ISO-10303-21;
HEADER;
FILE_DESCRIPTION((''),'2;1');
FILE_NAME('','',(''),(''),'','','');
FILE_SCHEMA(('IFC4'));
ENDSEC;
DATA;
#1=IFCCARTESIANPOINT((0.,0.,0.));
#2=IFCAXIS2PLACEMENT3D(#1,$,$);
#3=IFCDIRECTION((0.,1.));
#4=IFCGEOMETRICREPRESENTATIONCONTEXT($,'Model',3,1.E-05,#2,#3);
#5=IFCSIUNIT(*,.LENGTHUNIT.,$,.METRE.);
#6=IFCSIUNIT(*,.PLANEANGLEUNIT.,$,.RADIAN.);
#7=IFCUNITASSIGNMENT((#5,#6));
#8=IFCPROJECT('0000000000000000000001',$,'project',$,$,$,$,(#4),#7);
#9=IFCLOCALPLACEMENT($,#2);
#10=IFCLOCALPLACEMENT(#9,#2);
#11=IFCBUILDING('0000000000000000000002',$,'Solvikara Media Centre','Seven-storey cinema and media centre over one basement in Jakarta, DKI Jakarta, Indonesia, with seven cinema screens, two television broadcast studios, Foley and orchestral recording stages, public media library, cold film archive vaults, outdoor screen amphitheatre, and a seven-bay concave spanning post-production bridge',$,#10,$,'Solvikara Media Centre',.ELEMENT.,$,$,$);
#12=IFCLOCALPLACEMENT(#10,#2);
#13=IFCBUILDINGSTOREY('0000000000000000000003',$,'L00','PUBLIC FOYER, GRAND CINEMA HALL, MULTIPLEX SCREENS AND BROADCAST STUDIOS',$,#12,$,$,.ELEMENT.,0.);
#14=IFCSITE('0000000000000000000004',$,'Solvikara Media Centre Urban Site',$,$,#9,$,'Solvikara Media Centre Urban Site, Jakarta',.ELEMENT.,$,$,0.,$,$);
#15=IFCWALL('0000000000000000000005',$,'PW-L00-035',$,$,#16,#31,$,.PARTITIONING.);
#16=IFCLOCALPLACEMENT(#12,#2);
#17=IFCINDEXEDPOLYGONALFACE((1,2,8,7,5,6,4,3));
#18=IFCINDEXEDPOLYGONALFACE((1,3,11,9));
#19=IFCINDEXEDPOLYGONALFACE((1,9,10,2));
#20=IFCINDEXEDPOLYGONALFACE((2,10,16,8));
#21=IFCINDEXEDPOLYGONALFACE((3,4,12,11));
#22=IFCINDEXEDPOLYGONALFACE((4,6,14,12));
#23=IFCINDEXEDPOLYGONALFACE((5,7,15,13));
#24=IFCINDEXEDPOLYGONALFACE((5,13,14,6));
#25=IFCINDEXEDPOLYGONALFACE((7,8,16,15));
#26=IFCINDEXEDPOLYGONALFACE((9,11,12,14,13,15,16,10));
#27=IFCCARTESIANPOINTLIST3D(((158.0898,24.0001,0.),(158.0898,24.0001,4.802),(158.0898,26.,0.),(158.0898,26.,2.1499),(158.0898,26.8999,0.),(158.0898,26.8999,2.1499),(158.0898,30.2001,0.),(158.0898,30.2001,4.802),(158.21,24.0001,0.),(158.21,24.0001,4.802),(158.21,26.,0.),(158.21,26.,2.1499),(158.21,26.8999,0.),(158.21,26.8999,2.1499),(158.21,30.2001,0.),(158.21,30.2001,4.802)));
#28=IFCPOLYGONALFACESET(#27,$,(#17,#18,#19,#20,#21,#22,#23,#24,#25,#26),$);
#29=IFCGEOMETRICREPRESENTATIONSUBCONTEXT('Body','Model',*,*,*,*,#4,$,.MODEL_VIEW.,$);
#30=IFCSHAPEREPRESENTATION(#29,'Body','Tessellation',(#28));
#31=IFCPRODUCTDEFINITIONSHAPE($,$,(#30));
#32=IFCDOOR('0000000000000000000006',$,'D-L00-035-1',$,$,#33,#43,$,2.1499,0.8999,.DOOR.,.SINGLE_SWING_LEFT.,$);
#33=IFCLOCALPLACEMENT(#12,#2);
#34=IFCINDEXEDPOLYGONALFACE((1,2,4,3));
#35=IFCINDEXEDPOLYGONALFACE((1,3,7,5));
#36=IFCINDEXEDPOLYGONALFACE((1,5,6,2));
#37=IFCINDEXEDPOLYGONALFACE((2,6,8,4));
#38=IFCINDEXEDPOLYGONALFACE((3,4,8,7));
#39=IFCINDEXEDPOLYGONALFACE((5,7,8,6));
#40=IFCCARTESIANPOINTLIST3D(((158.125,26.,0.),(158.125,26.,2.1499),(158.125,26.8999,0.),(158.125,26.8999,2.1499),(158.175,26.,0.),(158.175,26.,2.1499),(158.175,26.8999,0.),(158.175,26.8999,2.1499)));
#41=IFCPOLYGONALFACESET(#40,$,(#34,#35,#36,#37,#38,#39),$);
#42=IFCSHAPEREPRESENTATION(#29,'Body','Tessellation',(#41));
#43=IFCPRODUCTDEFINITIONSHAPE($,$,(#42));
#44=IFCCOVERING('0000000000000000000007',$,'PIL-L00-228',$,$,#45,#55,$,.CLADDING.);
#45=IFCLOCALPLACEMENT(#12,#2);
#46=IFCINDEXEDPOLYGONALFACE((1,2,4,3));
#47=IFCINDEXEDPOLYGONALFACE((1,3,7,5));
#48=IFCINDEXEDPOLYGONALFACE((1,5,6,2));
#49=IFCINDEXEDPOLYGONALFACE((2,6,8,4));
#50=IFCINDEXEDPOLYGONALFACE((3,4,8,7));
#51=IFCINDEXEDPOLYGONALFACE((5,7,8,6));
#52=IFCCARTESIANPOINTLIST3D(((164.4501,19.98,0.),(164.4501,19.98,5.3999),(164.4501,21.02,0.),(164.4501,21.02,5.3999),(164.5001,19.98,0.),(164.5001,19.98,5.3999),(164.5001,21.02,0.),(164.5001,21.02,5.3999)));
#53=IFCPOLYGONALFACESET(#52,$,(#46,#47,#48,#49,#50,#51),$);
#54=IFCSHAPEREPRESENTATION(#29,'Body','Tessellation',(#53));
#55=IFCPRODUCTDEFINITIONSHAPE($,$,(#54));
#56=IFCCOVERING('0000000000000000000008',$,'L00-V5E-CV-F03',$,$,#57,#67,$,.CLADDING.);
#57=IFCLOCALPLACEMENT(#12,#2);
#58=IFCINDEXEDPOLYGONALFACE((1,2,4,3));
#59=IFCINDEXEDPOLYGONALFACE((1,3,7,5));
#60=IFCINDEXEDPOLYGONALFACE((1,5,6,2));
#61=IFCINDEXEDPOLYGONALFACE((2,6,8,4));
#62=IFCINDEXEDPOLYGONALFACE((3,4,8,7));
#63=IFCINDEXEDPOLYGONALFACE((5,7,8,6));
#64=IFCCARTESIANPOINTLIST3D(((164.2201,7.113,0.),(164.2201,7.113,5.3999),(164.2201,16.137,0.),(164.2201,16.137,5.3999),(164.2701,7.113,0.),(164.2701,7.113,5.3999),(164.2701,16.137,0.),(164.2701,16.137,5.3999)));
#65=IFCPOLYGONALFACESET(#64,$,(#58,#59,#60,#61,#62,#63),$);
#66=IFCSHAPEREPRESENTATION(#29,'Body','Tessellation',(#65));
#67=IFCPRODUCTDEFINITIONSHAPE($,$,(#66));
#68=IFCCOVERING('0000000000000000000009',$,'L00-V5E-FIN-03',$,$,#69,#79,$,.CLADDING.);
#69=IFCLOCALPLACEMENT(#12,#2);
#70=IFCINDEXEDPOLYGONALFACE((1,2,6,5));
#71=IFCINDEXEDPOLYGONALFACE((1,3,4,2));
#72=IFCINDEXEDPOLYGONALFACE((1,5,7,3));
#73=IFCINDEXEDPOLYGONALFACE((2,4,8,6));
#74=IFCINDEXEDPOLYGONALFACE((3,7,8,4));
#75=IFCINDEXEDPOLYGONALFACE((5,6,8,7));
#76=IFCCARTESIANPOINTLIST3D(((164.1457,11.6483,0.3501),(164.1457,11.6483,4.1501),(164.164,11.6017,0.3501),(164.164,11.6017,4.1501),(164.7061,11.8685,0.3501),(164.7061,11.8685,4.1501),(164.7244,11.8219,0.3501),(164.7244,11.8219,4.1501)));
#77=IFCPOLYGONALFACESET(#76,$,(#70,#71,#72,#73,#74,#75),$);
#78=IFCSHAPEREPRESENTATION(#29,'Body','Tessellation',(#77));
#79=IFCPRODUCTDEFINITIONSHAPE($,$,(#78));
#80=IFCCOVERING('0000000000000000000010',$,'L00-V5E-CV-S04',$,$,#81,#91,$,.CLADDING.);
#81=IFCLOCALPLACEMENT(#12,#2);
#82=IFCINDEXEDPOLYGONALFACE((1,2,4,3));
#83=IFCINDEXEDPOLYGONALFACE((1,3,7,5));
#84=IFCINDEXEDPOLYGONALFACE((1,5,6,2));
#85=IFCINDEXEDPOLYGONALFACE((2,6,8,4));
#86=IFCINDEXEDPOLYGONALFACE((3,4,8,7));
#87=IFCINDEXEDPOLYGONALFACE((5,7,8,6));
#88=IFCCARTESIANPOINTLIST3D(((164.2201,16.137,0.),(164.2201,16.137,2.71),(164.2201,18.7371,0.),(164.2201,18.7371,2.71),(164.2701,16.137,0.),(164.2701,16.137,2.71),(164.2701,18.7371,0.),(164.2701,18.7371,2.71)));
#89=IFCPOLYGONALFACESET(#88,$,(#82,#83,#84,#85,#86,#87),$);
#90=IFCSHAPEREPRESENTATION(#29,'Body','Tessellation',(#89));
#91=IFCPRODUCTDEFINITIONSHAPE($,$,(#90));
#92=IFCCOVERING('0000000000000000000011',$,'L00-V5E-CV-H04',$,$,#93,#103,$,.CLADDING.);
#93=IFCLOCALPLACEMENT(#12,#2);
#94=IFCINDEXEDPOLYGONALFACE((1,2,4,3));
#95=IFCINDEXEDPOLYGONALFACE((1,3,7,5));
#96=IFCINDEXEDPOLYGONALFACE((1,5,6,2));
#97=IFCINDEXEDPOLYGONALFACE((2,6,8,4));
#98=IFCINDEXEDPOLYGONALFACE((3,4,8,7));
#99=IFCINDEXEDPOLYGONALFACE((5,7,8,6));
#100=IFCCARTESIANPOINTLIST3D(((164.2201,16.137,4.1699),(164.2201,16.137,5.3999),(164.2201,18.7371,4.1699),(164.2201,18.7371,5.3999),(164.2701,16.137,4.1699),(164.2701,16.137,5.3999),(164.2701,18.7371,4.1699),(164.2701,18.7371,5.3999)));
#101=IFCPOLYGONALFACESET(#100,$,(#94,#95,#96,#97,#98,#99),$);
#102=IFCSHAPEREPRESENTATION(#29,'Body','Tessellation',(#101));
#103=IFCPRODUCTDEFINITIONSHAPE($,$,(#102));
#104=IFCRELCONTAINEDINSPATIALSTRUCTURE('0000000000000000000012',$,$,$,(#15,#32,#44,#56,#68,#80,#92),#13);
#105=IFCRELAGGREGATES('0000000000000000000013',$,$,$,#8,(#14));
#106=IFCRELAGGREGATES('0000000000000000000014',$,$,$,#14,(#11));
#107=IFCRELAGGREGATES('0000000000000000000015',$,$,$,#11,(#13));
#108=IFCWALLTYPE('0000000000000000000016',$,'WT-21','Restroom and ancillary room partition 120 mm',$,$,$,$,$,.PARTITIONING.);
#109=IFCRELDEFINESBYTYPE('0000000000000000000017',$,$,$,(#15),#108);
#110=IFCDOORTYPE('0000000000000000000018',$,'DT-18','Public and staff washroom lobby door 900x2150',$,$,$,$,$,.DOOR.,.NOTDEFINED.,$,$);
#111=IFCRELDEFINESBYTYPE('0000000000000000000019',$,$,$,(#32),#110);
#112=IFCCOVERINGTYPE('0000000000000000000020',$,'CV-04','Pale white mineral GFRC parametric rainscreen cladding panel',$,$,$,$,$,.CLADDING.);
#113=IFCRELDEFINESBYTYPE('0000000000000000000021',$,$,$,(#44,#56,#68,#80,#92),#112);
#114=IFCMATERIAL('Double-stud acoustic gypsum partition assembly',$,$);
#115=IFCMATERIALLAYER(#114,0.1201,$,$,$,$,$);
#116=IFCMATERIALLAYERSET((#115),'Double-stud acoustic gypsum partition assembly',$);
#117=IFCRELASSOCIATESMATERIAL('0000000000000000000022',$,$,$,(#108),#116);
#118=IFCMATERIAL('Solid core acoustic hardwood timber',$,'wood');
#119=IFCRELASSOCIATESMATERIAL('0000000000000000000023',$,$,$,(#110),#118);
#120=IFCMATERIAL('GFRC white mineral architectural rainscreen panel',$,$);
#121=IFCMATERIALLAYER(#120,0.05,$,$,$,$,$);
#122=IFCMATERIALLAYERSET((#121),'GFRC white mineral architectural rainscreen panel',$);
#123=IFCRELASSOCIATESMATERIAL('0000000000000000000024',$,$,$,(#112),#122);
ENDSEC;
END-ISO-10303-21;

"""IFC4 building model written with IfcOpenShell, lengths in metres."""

from ifc_helpers import new_model, si_unit, direction, frame, frame_2d, origin, origin_2d, place, context, subcontext, project, spatial, rectangle, extrude, material, layer, layer_set, type_object, element, fill, save


model = new_model("IFC4")

# Units and contexts
model_context = context("Model", 3, precision=1e-05, world=origin(), true_north=direction((0.0, 1.0)))
body_context = subcontext(model_context, "Body", "Model", "MODEL_VIEW")
ifc_project = project(units=[si_unit("LENGTHUNIT", "METRE"), si_unit("PLANEANGLEUNIT", "RADIAN")], contexts=[model_context])

# Site, building, storey
site_placement = place(None, origin())
site = spatial("IfcSite", under=ifc_project, at=site_placement, Name="Solvikara Media Centre Urban Site", LongName="Solvikara Media Centre Urban Site, Jakarta", CompositionType="ELEMENT", RefElevation=0.0)
building_placement = place(site_placement, origin())
building = spatial("IfcBuilding", under=site, at=building_placement, Name="Solvikara Media Centre", Description="Seven-storey cinema and media centre over one basement in Jakarta, DKI Jakarta, Indonesia, with seven cinema screens, two television broadcast studios, Foley and orchestral recording stages, public media library, cold film archive vaults, outdoor screen amphitheatre, and a seven-bay concave spanning post-production bridge", LongName="Solvikara Media Centre", CompositionType="ELEMENT")
storey_placement = place(building_placement, origin())
storey = spatial("IfcBuildingStorey", under=building, at=storey_placement, Name="L00", Description="PUBLIC FOYER, GRAND CINEMA HALL, MULTIPLEX SCREENS AND BROADCAST STUDIOS", CompositionType="ELEMENT", Elevation=0.0)

# Shared definitions
ifc_material_1 = material(Name="Double-stud acoustic gypsum partition assembly")
ifc_layer_1 = layer(ifc_material_1, 0.1201)
ifc_layer_set_1 = layer_set([ifc_layer_1], Name="Double-stud acoustic gypsum partition assembly")
wall_type_1 = type_object("IfcWallType", Name="WT-21", Description="Restroom and ancillary room partition 120 mm", PredefinedType="PARTITIONING", material=ifc_layer_set_1)
ifc_material_2 = material(Name="Solid core acoustic hardwood timber", Category="wood")
door_type_1 = type_object("IfcDoorType", Name="DT-18", Description="Public and staff washroom lobby door 900x2150", OperationType="NOTDEFINED", PredefinedType="DOOR", material=ifc_material_2)

# Wall, opening, door
wall_1_placement = place(storey_placement, frame((158.1499, 24.0, 0.0), z_axis=(0.0, 0.0, 1.0), x_axis=(0.0, 1.0, 0.0)))
wall_1 = element("IfcWall", 1, at=wall_1_placement, inside=storey, type_object=wall_type_1, Name="PW-L00-035", PredefinedType="PARTITIONING", context=body_context, shape_type="SweptSolid", body=[
    extrude(rectangle(XDim=6.2, YDim=0.1201, at=frame_2d((3.1001, 0.0))), origin(), (0.0, 0.0, 1.0), 4.802),
])
opening_1_placement = place(wall_1_placement, frame((2.0, 0.0, 0.0)))
opening_1 = element("IfcOpeningElement", 2, at=opening_1_placement, cuts=wall_1, PredefinedType="OPENING", context=body_context, shape_type="SweptSolid", body=[
    extrude(rectangle(XDim=0.8999, YDim=2.1499, at=frame_2d((0.45, 1.075))), frame((0.0, 0.072, 0.0), z_axis=(0.0, -1.0, 0.0), x_axis=(1.0, 0.0, 0.0)), (0.0, 0.0, 1.0), 0.144),
])
door_1_placement = place(opening_1_placement, origin())
door_1 = element("IfcDoor", 3, at=door_1_placement, inside=storey, type_object=door_type_1, Name="D-L00-035-1", OperationType="SINGLE_SWING_LEFT", OverallHeight=2.1499, OverallWidth=0.8999, PredefinedType="DOOR", context=body_context, shape_type="SweptSolid", body=[
    extrude(rectangle(XDim=0.8999, YDim=2.1499, at=frame_2d((0.45, 1.075))), frame((0.0, 0.0249, 0.0), z_axis=(0.0, -1.0, 0.0), x_axis=(1.0, 0.0, 0.0)), (0.0, 0.0, 1.0), 0.05),
])
fill(opening_1, door_1)

# Coverings
ifc_material_3 = material(Name="GFRC white mineral architectural rainscreen panel")
ifc_layer_2 = layer(ifc_material_3, 0.05)
ifc_layer_set_2 = layer_set([ifc_layer_2], Name="GFRC white mineral architectural rainscreen panel")
covering_type = type_object("IfcCoveringType", Name="CV-04", Description="Pale white mineral GFRC parametric rainscreen cladding panel", PredefinedType="CLADDING", material=ifc_layer_set_2)
covering_1_placement = place(storey_placement, frame((164.4751, 20.5, 0.0), z_axis=(0.0, 0.0, 1.0), x_axis=(0.0, 1.0, 0.0)))
element("IfcCovering", 4, at=covering_1_placement, inside=storey, type_object=covering_type, Name="PIL-L00-228", PredefinedType="CLADDING", context=body_context, shape_type="SweptSolid", body=[
    extrude(rectangle(XDim=1.04, YDim=0.05, at=origin_2d()), origin(), (0.0, 0.0, 1.0), 5.3999),
])
covering_2_placement = place(storey_placement, frame((164.2451, 11.625, 0.0), z_axis=(0.0, 0.0, 1.0), x_axis=(0.0, 1.0, 0.0)))
element("IfcCovering", 5, at=covering_2_placement, inside=storey, type_object=covering_type, Name="L00-V5E-CV-F03", PredefinedType="CLADDING", context=body_context, shape_type="SweptSolid", body=[
    extrude(rectangle(XDim=9.0239, YDim=0.05, at=origin_2d()), origin(), (0.0, 0.0, 1.0), 5.3999),
])
covering_3_placement = place(storey_placement, frame((164.4351, 11.7351, 0.3501), z_axis=(0.0, 0.0, 1.0), x_axis=(0.93075, 0.365657, 0.0)))
element("IfcCovering", 6, at=covering_3_placement, inside=storey, type_object=covering_type, Name="L00-V5E-FIN-03", PredefinedType="CLADDING", context=body_context, shape_type="SweptSolid", body=[
    extrude(rectangle(XDim=0.6021, YDim=0.05, at=origin_2d()), origin(), (0.0, 0.0, 1.0), 3.8),
])
covering_4_placement = place(storey_placement, frame((164.2451, 17.437, 0.0), z_axis=(0.0, 0.0, 1.0), x_axis=(0.0, 1.0, 0.0)))
element("IfcCovering", 7, at=covering_4_placement, inside=storey, type_object=covering_type, Name="L00-V5E-CV-S04", PredefinedType="CLADDING", context=body_context, shape_type="SweptSolid", body=[
    extrude(rectangle(XDim=2.6001, YDim=0.05, at=origin_2d()), origin(), (0.0, 0.0, 1.0), 2.71),
])
covering_5_placement = place(storey_placement, frame((164.2451, 17.437, 4.1699), z_axis=(0.0, 0.0, 1.0), x_axis=(0.0, 1.0, 0.0)))
element("IfcCovering", 8, at=covering_5_placement, inside=storey, type_object=covering_type, Name="L00-V5E-CV-H04", PredefinedType="CLADDING", context=body_context, shape_type="SweptSolid", body=[
    extrude(rectangle(XDim=2.6001, YDim=0.05, at=origin_2d()), origin(), (0.0, 0.0, 1.0), 1.23),
])

save(model, "model.ifc")
